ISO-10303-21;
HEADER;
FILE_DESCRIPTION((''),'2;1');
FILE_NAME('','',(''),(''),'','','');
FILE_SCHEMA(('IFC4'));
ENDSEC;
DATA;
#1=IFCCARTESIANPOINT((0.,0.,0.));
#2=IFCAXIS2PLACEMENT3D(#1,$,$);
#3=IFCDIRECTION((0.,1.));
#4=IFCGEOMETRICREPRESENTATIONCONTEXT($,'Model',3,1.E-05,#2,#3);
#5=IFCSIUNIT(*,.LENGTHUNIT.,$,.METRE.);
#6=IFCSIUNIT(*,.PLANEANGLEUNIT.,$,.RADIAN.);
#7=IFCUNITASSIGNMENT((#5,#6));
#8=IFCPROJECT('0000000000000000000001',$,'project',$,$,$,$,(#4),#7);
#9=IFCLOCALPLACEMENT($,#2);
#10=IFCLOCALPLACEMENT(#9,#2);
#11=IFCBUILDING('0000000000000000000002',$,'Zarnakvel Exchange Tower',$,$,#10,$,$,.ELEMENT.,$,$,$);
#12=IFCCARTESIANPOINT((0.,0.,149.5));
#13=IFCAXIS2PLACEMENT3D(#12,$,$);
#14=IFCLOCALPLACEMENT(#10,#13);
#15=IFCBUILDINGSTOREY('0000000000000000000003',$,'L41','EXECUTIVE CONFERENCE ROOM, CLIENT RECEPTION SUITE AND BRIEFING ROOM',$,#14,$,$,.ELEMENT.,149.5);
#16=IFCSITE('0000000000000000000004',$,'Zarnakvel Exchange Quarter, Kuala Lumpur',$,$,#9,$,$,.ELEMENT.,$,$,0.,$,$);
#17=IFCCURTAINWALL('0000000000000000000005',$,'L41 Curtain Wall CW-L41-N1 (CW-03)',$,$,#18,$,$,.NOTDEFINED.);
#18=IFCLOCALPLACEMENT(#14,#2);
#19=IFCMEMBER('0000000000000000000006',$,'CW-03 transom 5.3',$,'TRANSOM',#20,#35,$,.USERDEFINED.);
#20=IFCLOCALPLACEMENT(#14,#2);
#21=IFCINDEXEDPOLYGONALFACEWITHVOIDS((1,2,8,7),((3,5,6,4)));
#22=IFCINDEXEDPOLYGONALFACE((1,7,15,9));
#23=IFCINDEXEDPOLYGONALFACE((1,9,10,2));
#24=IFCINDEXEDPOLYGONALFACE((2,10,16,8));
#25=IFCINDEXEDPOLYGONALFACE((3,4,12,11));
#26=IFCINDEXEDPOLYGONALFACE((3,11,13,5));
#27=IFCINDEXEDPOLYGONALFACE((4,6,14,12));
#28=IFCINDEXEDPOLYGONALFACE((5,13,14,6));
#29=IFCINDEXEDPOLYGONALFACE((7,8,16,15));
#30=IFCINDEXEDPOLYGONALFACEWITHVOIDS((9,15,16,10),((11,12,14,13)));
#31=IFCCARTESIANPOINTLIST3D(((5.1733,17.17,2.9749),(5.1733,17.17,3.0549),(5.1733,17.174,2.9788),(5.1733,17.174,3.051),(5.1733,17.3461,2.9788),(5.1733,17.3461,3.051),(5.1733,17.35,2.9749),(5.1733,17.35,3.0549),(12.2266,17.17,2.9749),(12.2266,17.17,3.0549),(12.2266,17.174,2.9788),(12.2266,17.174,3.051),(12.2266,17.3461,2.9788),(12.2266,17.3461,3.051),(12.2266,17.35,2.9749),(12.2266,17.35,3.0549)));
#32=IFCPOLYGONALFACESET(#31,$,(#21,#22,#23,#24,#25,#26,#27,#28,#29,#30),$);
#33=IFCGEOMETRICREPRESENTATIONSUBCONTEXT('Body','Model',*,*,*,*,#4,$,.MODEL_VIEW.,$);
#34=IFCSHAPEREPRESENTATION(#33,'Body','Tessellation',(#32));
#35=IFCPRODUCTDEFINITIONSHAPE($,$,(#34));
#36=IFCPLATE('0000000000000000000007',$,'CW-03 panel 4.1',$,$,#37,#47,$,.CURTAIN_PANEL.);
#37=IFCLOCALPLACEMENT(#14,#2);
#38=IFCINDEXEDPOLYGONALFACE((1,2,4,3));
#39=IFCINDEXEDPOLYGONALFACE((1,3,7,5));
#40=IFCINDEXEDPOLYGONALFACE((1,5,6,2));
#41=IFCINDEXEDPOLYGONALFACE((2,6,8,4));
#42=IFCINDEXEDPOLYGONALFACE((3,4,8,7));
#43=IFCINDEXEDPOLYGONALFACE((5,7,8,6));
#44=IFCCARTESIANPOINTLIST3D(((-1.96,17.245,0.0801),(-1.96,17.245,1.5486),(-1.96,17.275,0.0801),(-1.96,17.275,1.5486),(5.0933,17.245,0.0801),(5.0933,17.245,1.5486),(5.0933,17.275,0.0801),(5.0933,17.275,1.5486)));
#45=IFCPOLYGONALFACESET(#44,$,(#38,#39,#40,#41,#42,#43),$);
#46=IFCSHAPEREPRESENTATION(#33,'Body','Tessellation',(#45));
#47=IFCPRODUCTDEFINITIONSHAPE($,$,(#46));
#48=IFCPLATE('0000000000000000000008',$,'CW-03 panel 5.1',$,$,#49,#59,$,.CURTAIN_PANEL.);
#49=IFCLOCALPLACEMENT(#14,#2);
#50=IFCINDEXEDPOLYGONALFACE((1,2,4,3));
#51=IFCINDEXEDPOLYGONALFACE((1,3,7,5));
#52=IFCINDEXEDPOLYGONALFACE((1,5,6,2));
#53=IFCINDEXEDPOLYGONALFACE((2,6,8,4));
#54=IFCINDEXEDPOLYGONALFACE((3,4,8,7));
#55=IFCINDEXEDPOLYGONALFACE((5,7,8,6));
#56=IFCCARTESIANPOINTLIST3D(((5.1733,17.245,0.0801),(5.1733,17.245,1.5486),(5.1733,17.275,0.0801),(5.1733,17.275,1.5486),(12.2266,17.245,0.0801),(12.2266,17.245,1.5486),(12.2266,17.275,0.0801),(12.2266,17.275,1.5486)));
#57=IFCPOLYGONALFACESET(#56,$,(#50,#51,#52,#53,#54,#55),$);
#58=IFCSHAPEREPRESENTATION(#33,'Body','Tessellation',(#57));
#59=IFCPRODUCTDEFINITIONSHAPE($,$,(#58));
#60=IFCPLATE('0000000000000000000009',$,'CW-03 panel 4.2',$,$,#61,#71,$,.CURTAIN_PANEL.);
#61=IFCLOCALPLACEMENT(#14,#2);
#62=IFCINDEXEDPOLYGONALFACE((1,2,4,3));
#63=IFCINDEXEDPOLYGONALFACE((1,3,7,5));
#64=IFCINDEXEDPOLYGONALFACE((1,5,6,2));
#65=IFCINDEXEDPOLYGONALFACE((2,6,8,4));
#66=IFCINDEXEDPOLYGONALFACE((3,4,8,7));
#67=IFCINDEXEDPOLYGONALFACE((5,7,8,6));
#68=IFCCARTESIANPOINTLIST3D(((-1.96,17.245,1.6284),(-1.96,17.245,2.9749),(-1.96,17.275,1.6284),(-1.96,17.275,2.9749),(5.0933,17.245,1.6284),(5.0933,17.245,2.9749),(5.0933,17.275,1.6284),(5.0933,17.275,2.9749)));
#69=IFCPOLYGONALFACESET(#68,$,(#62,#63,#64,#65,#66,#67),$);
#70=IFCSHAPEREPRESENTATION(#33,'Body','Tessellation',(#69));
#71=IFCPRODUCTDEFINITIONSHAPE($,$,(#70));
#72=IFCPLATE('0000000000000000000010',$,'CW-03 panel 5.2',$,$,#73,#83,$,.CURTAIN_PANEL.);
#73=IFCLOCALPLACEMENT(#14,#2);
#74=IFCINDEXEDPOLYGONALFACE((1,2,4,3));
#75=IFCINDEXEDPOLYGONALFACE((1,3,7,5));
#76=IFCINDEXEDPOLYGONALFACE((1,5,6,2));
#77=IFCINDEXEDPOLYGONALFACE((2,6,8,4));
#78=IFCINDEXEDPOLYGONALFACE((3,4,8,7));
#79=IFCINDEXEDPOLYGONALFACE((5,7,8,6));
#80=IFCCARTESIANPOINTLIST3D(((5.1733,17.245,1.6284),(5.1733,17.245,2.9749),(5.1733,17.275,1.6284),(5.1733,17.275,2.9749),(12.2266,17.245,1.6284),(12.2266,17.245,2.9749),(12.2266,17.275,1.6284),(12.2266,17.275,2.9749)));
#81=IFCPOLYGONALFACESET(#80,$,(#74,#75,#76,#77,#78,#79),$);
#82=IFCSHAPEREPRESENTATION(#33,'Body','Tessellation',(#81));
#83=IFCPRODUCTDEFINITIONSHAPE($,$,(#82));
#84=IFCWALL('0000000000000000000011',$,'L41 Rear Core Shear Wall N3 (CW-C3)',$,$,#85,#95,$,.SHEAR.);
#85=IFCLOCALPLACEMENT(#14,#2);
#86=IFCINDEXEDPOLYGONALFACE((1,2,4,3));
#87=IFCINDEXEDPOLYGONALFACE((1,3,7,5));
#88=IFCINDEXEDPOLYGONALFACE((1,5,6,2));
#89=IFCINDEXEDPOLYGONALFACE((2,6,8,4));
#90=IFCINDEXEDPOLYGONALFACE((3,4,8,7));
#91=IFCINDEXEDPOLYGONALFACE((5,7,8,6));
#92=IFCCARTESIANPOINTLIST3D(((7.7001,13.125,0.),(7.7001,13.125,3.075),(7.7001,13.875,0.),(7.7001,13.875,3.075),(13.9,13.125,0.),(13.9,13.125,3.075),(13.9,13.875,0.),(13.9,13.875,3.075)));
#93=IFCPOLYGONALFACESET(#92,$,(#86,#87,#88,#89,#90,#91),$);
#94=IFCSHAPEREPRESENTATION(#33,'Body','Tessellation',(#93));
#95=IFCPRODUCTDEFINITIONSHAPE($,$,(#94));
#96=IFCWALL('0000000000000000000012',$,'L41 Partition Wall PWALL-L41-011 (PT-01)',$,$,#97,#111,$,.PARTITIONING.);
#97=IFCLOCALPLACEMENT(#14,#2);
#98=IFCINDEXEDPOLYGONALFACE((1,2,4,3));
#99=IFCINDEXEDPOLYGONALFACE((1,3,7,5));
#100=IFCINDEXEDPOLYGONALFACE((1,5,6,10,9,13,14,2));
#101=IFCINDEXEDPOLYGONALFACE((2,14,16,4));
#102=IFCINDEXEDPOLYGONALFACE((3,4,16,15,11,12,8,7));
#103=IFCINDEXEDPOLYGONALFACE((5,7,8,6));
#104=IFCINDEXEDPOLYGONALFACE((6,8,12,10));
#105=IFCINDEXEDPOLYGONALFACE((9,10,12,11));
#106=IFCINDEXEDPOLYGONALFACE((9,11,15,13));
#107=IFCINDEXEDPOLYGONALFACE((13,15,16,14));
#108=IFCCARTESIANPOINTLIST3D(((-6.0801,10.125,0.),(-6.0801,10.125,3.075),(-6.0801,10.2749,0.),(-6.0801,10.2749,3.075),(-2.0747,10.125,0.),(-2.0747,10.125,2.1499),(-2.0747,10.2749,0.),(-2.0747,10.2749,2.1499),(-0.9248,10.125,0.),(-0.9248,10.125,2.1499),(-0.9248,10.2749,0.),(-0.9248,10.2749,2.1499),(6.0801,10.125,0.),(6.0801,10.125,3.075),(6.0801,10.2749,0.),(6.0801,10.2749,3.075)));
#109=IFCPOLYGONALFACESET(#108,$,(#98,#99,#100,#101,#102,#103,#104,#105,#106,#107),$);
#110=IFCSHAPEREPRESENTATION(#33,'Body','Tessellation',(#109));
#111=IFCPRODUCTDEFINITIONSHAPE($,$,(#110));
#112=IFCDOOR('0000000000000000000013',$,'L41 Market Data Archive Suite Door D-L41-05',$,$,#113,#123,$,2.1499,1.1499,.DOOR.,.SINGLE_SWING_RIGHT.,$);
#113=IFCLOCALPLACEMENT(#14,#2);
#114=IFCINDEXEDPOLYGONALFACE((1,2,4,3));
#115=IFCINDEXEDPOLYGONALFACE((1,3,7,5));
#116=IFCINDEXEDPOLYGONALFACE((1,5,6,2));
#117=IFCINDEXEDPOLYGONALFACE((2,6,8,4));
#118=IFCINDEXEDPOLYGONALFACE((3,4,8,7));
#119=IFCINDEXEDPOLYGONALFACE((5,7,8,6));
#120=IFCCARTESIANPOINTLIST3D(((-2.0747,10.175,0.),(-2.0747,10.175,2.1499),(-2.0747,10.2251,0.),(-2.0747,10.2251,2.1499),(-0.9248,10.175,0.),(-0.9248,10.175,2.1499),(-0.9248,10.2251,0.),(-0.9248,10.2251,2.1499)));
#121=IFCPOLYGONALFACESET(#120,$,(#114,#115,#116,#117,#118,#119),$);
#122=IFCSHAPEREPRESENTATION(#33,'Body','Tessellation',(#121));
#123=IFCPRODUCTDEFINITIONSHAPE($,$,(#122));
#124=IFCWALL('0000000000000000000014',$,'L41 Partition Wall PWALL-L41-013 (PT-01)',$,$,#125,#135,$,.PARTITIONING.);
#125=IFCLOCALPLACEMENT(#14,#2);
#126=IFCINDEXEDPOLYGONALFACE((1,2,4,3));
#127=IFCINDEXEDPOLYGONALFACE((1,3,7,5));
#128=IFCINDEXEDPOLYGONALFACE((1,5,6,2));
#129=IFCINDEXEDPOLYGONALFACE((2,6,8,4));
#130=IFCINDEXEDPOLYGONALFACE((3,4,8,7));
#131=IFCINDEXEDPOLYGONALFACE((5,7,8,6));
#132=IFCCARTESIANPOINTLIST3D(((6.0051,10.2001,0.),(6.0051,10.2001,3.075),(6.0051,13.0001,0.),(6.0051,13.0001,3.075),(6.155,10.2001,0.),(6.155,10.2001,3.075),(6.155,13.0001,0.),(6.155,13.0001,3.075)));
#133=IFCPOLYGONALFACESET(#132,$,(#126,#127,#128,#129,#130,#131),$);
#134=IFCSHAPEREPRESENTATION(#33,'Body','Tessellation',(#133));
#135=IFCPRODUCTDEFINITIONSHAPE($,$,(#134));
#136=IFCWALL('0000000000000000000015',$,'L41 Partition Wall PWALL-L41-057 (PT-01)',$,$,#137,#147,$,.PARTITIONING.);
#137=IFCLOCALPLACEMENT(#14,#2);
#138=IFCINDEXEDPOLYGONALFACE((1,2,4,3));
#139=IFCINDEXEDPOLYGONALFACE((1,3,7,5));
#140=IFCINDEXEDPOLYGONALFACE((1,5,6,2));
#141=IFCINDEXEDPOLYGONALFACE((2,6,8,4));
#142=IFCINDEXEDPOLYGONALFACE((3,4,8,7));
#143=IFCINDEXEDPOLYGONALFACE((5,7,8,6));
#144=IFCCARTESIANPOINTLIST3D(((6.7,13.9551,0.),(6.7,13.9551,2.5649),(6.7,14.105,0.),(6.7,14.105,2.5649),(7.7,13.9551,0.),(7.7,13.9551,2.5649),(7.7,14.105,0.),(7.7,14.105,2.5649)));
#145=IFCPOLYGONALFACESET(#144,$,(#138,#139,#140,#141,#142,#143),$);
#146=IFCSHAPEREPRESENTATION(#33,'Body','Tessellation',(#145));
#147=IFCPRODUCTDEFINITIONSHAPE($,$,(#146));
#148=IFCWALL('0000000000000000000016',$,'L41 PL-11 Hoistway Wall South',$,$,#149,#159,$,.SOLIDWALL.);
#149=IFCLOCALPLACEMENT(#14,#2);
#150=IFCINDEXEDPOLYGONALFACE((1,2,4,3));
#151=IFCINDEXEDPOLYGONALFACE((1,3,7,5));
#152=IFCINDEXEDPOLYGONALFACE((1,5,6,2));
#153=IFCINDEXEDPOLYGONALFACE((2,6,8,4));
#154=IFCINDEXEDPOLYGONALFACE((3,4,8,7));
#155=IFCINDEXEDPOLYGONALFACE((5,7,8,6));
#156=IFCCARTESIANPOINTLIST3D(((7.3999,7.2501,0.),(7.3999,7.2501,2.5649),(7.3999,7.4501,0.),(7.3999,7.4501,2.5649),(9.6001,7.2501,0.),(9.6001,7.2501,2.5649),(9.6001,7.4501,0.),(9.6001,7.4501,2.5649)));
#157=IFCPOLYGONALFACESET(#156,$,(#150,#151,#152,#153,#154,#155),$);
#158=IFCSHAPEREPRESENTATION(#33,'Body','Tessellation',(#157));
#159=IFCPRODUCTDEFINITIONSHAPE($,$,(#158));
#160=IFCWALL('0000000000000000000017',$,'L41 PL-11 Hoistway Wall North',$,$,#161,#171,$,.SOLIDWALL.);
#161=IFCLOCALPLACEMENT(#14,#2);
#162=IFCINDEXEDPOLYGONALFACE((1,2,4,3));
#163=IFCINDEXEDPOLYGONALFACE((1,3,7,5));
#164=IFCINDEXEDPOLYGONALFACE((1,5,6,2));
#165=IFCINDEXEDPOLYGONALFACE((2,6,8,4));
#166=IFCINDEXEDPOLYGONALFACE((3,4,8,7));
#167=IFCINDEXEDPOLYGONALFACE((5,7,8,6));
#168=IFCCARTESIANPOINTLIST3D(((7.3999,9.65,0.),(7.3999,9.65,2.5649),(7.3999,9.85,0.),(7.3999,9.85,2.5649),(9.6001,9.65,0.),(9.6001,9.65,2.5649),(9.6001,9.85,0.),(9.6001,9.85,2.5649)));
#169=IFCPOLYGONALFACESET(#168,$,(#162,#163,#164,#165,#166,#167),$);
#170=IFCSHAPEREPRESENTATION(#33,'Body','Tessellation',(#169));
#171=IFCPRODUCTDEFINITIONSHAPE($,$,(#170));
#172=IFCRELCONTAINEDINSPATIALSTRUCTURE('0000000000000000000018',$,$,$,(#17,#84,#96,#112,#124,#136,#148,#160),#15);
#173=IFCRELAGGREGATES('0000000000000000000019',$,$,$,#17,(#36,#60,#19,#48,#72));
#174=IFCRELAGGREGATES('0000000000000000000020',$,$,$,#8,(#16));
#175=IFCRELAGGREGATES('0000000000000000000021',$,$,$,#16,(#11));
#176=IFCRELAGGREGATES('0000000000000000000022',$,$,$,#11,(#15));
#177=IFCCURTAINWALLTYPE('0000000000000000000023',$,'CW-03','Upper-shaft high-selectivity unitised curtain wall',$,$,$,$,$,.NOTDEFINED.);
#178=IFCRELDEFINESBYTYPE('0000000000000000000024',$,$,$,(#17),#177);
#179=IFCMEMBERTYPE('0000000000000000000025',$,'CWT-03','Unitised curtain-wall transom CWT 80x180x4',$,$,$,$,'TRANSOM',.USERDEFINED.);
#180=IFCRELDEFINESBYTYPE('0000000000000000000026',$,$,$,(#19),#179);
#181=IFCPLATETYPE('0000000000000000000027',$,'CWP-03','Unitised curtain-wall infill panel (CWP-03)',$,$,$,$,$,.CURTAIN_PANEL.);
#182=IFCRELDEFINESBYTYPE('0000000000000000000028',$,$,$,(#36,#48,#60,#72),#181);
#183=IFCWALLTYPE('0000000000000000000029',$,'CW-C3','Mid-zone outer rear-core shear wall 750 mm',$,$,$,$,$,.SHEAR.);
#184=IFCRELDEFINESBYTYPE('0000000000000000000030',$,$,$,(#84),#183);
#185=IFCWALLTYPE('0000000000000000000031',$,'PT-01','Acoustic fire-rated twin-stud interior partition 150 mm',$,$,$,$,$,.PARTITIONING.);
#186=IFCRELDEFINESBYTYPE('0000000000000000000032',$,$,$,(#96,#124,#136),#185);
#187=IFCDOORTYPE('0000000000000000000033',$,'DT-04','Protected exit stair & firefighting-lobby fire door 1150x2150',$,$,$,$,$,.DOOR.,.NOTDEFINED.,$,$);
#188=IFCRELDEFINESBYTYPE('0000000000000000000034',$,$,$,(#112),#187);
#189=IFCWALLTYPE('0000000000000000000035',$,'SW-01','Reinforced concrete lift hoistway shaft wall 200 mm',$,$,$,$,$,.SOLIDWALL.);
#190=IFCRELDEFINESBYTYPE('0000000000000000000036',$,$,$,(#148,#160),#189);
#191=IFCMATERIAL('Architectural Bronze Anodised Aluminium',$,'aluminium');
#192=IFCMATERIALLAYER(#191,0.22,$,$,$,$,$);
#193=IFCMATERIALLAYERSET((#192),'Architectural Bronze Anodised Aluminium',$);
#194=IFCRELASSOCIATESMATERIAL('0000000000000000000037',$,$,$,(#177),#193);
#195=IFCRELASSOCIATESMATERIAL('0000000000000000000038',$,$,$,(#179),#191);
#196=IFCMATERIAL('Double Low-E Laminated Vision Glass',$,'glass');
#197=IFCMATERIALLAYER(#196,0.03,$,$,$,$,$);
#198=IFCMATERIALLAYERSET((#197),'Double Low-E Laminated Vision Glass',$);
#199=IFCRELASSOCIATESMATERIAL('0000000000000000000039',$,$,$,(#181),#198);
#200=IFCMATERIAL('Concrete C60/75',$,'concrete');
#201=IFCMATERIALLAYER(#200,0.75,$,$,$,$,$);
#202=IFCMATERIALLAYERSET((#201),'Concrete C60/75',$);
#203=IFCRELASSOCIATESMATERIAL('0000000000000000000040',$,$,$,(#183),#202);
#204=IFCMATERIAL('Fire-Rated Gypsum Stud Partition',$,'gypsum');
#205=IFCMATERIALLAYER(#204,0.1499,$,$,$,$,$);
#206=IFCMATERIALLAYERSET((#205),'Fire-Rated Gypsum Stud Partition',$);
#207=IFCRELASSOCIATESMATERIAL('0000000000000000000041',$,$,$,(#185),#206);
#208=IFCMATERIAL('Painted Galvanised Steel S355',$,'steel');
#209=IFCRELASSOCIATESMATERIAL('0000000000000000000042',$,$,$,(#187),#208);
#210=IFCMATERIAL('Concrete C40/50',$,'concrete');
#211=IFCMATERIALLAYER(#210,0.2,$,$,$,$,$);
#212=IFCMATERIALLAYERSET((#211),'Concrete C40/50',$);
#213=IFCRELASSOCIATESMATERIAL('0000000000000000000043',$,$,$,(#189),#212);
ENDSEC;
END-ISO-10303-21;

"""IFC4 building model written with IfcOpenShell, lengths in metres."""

from ifc_helpers import new_model, si_unit, direction, frame, frame_2d, origin, origin_2d, place, context, subcontext, project, spatial, rectangle, hollow_rectangle, extrude, source, transform, mapped, material, layer, layer_set, material_profile, profile_set, type_object, element, fill, aggregate, save


model = new_model("IFC4")

# Units and contexts
model_context = context("Model", 3, precision=1e-05, world=origin(), true_north=direction((0.0, 1.0)))
body_context = subcontext(model_context, "Body", "Model", "MODEL_VIEW")
ifc_project = project(units=[si_unit("LENGTHUNIT", "METRE"), si_unit("PLANEANGLEUNIT", "RADIAN")], contexts=[model_context])

# Site, building, storey
site_placement = place(None, origin())
site = spatial("IfcSite", under=ifc_project, at=site_placement, Name="Zarnakvel Exchange Quarter, Kuala Lumpur", CompositionType="ELEMENT", RefElevation=0.0)
building_placement = place(site_placement, origin())
building = spatial("IfcBuilding", under=site, at=building_placement, Name="Zarnakvel Exchange Tower", CompositionType="ELEMENT")
storey_placement = place(building_placement, frame((0.0, 0.0, 149.5)))
storey = spatial("IfcBuildingStorey", under=building, at=storey_placement, Name="L41", Description="EXECUTIVE CONFERENCE ROOM, CLIENT RECEPTION SUITE AND BRIEFING ROOM", CompositionType="ELEMENT", Elevation=149.5)

# Shared definitions
ifc_material_1 = material(Name="Concrete C60/75", Category="concrete")

# Curtain wall, member, plates
ifc_material_2 = material(Name="Architectural Bronze Anodised Aluminium", Category="aluminium")
ifc_layer_1 = layer(ifc_material_2, 0.22)
ifc_layer_set_1 = layer_set([ifc_layer_1], Name="Architectural Bronze Anodised Aluminium")
curtain_wall_type = type_object("IfcCurtainWallType", Name="CW-03", Description="Upper-shaft high-selectivity unitised curtain wall", PredefinedType="NOTDEFINED", material=ifc_layer_set_1)
curtain_wall_placement = place(storey_placement, origin())
curtain_wall = element("IfcCurtainWall", 1, at=curtain_wall_placement, inside=storey, type_object=curtain_wall_type, Name="L41 Curtain Wall CW-L41-N1 (CW-03)", PredefinedType="NOTDEFINED")
ifc_material_profile_1 = material_profile(ifc_material_2, hollow_rectangle(XDim=0.1799, YDim=0.0801, WallThickness=0.0039, at=origin_2d()))
ifc_profile_set_1 = profile_set([ifc_material_profile_1], Name="Architectural Bronze Anodised Aluminium")
member_type_1 = type_object("IfcMemberType", Name="CWT-03", Description="Unitised curtain-wall transom CWT 80x180x4", ElementType="TRANSOM", PredefinedType="USERDEFINED", material=ifc_profile_set_1)
shared_shape_1 = source(origin(), body_context, "Body", "SweptSolid", [
    extrude(hollow_rectangle(XDim=0.1799, YDim=0.0801, WallThickness=0.0039, at=origin_2d()), origin(), (0.0, 0.0, 1.0), 7.0532),
])
member_1_placement = place(storey_placement, frame((5.1733, 17.26, 3.0149), z_axis=(1.0, 0.0, 0.0), x_axis=(0.0, 1.0, 0.0)))
member_1 = element("IfcMember", 2, at=member_1_placement, type_object=member_type_1, Name="CW-03 transom 5.3", ObjectType="TRANSOM", PredefinedType="USERDEFINED", context=body_context, shape_type="MappedRepresentation", body=[
    mapped(shared_shape_1, transform((0.0, 0.0, 0.0), x_axis=(1.0, 0.0, 0.0), y_axis=(0.0, 1.0, 0.0), z_axis=(0.0, 0.0, 1.0), scale=1.0)),
])
ifc_material_3 = material(Name="Double Low-E Laminated Vision Glass", Category="glass")
ifc_layer_2 = layer(ifc_material_3, 0.03)
ifc_layer_set_2 = layer_set([ifc_layer_2], Name="Double Low-E Laminated Vision Glass")
plate_type = type_object("IfcPlateType", Name="CWP-03", Description="Unitised curtain-wall infill panel (CWP-03)", PredefinedType="CURTAIN_PANEL", material=ifc_layer_set_2)
shared_shape_2 = source(origin(), body_context, "Body", "SweptSolid", [
    extrude(rectangle(XDim=7.0532, YDim=0.03, at=origin_2d()), origin(), (0.0, 0.0, 1.0), 1.4685),
])
plate_1_placement = place(storey_placement, frame((1.5667, 17.26, 0.0801), z_axis=(0.0, 0.0, 1.0), x_axis=(1.0, 0.0, 0.0)))
plate_1 = element("IfcPlate", 3, at=plate_1_placement, type_object=plate_type, Name="CW-03 panel 4.1", PredefinedType="CURTAIN_PANEL", context=body_context, shape_type="MappedRepresentation", body=[
    mapped(shared_shape_2, transform((0.0, 0.0, 0.0), x_axis=(1.0, 0.0, 0.0), y_axis=(0.0, 1.0, 0.0), z_axis=(0.0, 0.0, 1.0), scale=1.0)),
])
plate_2_placement = place(storey_placement, frame((8.7, 17.26, 0.0801), z_axis=(0.0, 0.0, 1.0), x_axis=(1.0, 0.0, 0.0)))
plate_2 = element("IfcPlate", 4, at=plate_2_placement, type_object=plate_type, Name="CW-03 panel 5.1", PredefinedType="CURTAIN_PANEL", context=body_context, shape_type="MappedRepresentation", body=[
    mapped(shared_shape_2, transform((0.0, 0.0, 0.0), x_axis=(1.0, 0.0, 0.0), y_axis=(0.0, 1.0, 0.0), z_axis=(0.0, 0.0, 1.0), scale=1.0)),
])
shared_shape_3 = source(origin(), body_context, "Body", "SweptSolid", [
    extrude(rectangle(XDim=7.0532, YDim=0.03, at=origin_2d()), origin(), (0.0, 0.0, 1.0), 1.3464),
])
plate_3_placement = place(storey_placement, frame((1.5667, 17.26, 1.6284), z_axis=(0.0, 0.0, 1.0), x_axis=(1.0, 0.0, 0.0)))
plate_3 = element("IfcPlate", 5, at=plate_3_placement, type_object=plate_type, Name="CW-03 panel 4.2", PredefinedType="CURTAIN_PANEL", context=body_context, shape_type="MappedRepresentation", body=[
    mapped(shared_shape_3, transform((0.0, 0.0, 0.0), x_axis=(1.0, 0.0, 0.0), y_axis=(0.0, 1.0, 0.0), z_axis=(0.0, 0.0, 1.0), scale=1.0)),
])
plate_4_placement = place(storey_placement, frame((8.7, 17.26, 1.6284), z_axis=(0.0, 0.0, 1.0), x_axis=(1.0, 0.0, 0.0)))
plate_4 = element("IfcPlate", 6, at=plate_4_placement, type_object=plate_type, Name="CW-03 panel 5.2", PredefinedType="CURTAIN_PANEL", context=body_context, shape_type="MappedRepresentation", body=[
    mapped(shared_shape_3, transform((0.0, 0.0, 0.0), x_axis=(1.0, 0.0, 0.0), y_axis=(0.0, 1.0, 0.0), z_axis=(0.0, 0.0, 1.0), scale=1.0)),
])
aggregate(curtain_wall, [plate_1, plate_3, member_1, plate_2, plate_4])

# Wall
ifc_layer_3 = layer(ifc_material_1, 0.75)
ifc_layer_set_3 = layer_set([ifc_layer_3], Name="Concrete C60/75")
wall_type_1 = type_object("IfcWallType", Name="CW-C3", Description="Mid-zone outer rear-core shear wall 750 mm", PredefinedType="SHEAR", material=ifc_layer_set_3)
wall_1_placement = place(storey_placement, frame((7.7, 13.5, 0.0), z_axis=(0.0, 0.0, 1.0), x_axis=(1.0, 0.0, 0.0)))
element("IfcWall", 7, at=wall_1_placement, inside=storey, type_object=wall_type_1, Name="L41 Rear Core Shear Wall N3 (CW-C3)", PredefinedType="SHEAR", context=body_context, shape_type="SweptSolid", body=[
    extrude(rectangle(XDim=6.2, YDim=0.75, at=frame_2d((3.1001, 0.0))), origin(), (0.0, 0.0, 1.0), 3.075),
])

# Wall, opening, door
ifc_material_4 = material(Name="Fire-Rated Gypsum Stud Partition", Category="gypsum")
ifc_layer_4 = layer(ifc_material_4, 0.1499)
ifc_layer_set_4 = layer_set([ifc_layer_4], Name="Fire-Rated Gypsum Stud Partition")
wall_type_2 = type_object("IfcWallType", Name="PT-01", Description="Acoustic fire-rated twin-stud interior partition 150 mm", PredefinedType="PARTITIONING", material=ifc_layer_set_4)
wall_2_placement = place(storey_placement, frame((6.0801, 10.2, 0.0), z_axis=(0.0, 0.0, 1.0), x_axis=(-1.0, 0.0, 0.0)))
wall_2 = element("IfcWall", 8, at=wall_2_placement, inside=storey, type_object=wall_type_2, Name="L41 Partition Wall PWALL-L41-011 (PT-01)", PredefinedType="PARTITIONING", context=body_context, shape_type="SweptSolid", body=[
    extrude(rectangle(XDim=12.1602, YDim=0.1499, at=frame_2d((6.0801, 0.0))), origin(), (0.0, 0.0, 1.0), 3.075),
])
opening_placement = place(wall_2_placement, frame((7.0049, 0.0, 0.0)))
opening = element("IfcOpeningElement", 9, at=opening_placement, cuts=wall_2, PredefinedType="OPENING", context=body_context, shape_type="SweptSolid", body=[
    extrude(rectangle(XDim=1.1499, YDim=2.1499, at=frame_2d((0.575, 1.075))), frame((0.0, 0.085, 0.0), z_axis=(0.0, -1.0, 0.0), x_axis=(1.0, 0.0, 0.0)), (0.0, 0.0, 1.0), 0.1699),
])
ifc_material_5 = material(Name="Painted Galvanised Steel S355", Category="steel")
door_type = type_object("IfcDoorType", Name="DT-04", Description="Protected exit stair & firefighting-lobby fire door 1150x2150", OperationType="NOTDEFINED", PredefinedType="DOOR", material=ifc_material_5)
shared_shape_4 = source(origin(), body_context, "Body", "SweptSolid", [
    extrude(rectangle(XDim=1.1499, YDim=2.1499, at=frame_2d((0.575, 1.075))), frame((0.0, 0.0249, 0.0), z_axis=(0.0, -1.0, 0.0), x_axis=(1.0, 0.0, 0.0)), (0.0, 0.0, 1.0), 0.05),
])
door_placement = place(opening_placement, origin())
door = element("IfcDoor", 10, at=door_placement, inside=storey, type_object=door_type, Name="L41 Market Data Archive Suite Door D-L41-05", OperationType="SINGLE_SWING_RIGHT", OverallHeight=2.1499, OverallWidth=1.1499, PredefinedType="DOOR", context=body_context, shape_type="MappedRepresentation", body=[
    mapped(shared_shape_4, transform((0.0, 0.0, 0.0), x_axis=(1.0, 0.0, 0.0), y_axis=(0.0, 1.0, 0.0), z_axis=(0.0, 0.0, 1.0), scale=1.0)),
])
fill(opening, door)

# Walls
wall_3_placement = place(storey_placement, frame((6.0801, 13.0, 0.0), z_axis=(0.0, 0.0, 1.0), x_axis=(0.0, -1.0, 0.0)))
element("IfcWall", 11, at=wall_3_placement, inside=storey, type_object=wall_type_2, Name="L41 Partition Wall PWALL-L41-013 (PT-01)", PredefinedType="PARTITIONING", context=body_context, shape_type="SweptSolid", body=[
    extrude(rectangle(XDim=2.8, YDim=0.1499, at=frame_2d((1.3999, 0.0))), origin(), (0.0, 0.0, 1.0), 3.075),
])
wall_4_placement = place(storey_placement, frame((7.7, 14.03, 0.0), z_axis=(0.0, 0.0, 1.0), x_axis=(-1.0, 0.0, 0.0)))
element("IfcWall", 12, at=wall_4_placement, inside=storey, type_object=wall_type_2, Name="L41 Partition Wall PWALL-L41-057 (PT-01)", PredefinedType="PARTITIONING", context=body_context, shape_type="SweptSolid", body=[
    extrude(rectangle(XDim=1.0, YDim=0.1499, at=frame_2d((0.5, 0.0))), origin(), (0.0, 0.0, 1.0), 2.5649),
])
ifc_material_6 = material(Name="Concrete C40/50", Category="concrete")
ifc_layer_5 = layer(ifc_material_6, 0.2)
ifc_layer_set_5 = layer_set([ifc_layer_5], Name="Concrete C40/50")
wall_type_3 = type_object("IfcWallType", Name="SW-01", Description="Reinforced concrete lift hoistway shaft wall 200 mm", PredefinedType="SOLIDWALL", material=ifc_layer_set_5)
for number, where, z_axis, x_axis, name in (
    (13, (9.6001, 7.3501, 0.0), (0.0, 0.0, 1.0), (-1.0, 0.0, 0.0), "L41 PL-11 Hoistway Wall South"),
    (14, (7.3999, 9.75, 0.0), (0.0, 0.0, 1.0), (1.0, 0.0, 0.0), "L41 PL-11 Hoistway Wall North"),
):
    element("IfcWall", number, at=place(storey_placement, frame(where, z_axis=z_axis, x_axis=x_axis)), inside=storey, type_object=wall_type_3, Name=name, PredefinedType="SOLIDWALL", context=body_context, shape_type="SweptSolid", body=[
        extrude(rectangle(XDim=2.2002, YDim=0.2, at=frame_2d((1.1001, 0.0))), origin(), (0.0, 0.0, 1.0), 2.5649),
    ])

save(model, "model.ifc")
